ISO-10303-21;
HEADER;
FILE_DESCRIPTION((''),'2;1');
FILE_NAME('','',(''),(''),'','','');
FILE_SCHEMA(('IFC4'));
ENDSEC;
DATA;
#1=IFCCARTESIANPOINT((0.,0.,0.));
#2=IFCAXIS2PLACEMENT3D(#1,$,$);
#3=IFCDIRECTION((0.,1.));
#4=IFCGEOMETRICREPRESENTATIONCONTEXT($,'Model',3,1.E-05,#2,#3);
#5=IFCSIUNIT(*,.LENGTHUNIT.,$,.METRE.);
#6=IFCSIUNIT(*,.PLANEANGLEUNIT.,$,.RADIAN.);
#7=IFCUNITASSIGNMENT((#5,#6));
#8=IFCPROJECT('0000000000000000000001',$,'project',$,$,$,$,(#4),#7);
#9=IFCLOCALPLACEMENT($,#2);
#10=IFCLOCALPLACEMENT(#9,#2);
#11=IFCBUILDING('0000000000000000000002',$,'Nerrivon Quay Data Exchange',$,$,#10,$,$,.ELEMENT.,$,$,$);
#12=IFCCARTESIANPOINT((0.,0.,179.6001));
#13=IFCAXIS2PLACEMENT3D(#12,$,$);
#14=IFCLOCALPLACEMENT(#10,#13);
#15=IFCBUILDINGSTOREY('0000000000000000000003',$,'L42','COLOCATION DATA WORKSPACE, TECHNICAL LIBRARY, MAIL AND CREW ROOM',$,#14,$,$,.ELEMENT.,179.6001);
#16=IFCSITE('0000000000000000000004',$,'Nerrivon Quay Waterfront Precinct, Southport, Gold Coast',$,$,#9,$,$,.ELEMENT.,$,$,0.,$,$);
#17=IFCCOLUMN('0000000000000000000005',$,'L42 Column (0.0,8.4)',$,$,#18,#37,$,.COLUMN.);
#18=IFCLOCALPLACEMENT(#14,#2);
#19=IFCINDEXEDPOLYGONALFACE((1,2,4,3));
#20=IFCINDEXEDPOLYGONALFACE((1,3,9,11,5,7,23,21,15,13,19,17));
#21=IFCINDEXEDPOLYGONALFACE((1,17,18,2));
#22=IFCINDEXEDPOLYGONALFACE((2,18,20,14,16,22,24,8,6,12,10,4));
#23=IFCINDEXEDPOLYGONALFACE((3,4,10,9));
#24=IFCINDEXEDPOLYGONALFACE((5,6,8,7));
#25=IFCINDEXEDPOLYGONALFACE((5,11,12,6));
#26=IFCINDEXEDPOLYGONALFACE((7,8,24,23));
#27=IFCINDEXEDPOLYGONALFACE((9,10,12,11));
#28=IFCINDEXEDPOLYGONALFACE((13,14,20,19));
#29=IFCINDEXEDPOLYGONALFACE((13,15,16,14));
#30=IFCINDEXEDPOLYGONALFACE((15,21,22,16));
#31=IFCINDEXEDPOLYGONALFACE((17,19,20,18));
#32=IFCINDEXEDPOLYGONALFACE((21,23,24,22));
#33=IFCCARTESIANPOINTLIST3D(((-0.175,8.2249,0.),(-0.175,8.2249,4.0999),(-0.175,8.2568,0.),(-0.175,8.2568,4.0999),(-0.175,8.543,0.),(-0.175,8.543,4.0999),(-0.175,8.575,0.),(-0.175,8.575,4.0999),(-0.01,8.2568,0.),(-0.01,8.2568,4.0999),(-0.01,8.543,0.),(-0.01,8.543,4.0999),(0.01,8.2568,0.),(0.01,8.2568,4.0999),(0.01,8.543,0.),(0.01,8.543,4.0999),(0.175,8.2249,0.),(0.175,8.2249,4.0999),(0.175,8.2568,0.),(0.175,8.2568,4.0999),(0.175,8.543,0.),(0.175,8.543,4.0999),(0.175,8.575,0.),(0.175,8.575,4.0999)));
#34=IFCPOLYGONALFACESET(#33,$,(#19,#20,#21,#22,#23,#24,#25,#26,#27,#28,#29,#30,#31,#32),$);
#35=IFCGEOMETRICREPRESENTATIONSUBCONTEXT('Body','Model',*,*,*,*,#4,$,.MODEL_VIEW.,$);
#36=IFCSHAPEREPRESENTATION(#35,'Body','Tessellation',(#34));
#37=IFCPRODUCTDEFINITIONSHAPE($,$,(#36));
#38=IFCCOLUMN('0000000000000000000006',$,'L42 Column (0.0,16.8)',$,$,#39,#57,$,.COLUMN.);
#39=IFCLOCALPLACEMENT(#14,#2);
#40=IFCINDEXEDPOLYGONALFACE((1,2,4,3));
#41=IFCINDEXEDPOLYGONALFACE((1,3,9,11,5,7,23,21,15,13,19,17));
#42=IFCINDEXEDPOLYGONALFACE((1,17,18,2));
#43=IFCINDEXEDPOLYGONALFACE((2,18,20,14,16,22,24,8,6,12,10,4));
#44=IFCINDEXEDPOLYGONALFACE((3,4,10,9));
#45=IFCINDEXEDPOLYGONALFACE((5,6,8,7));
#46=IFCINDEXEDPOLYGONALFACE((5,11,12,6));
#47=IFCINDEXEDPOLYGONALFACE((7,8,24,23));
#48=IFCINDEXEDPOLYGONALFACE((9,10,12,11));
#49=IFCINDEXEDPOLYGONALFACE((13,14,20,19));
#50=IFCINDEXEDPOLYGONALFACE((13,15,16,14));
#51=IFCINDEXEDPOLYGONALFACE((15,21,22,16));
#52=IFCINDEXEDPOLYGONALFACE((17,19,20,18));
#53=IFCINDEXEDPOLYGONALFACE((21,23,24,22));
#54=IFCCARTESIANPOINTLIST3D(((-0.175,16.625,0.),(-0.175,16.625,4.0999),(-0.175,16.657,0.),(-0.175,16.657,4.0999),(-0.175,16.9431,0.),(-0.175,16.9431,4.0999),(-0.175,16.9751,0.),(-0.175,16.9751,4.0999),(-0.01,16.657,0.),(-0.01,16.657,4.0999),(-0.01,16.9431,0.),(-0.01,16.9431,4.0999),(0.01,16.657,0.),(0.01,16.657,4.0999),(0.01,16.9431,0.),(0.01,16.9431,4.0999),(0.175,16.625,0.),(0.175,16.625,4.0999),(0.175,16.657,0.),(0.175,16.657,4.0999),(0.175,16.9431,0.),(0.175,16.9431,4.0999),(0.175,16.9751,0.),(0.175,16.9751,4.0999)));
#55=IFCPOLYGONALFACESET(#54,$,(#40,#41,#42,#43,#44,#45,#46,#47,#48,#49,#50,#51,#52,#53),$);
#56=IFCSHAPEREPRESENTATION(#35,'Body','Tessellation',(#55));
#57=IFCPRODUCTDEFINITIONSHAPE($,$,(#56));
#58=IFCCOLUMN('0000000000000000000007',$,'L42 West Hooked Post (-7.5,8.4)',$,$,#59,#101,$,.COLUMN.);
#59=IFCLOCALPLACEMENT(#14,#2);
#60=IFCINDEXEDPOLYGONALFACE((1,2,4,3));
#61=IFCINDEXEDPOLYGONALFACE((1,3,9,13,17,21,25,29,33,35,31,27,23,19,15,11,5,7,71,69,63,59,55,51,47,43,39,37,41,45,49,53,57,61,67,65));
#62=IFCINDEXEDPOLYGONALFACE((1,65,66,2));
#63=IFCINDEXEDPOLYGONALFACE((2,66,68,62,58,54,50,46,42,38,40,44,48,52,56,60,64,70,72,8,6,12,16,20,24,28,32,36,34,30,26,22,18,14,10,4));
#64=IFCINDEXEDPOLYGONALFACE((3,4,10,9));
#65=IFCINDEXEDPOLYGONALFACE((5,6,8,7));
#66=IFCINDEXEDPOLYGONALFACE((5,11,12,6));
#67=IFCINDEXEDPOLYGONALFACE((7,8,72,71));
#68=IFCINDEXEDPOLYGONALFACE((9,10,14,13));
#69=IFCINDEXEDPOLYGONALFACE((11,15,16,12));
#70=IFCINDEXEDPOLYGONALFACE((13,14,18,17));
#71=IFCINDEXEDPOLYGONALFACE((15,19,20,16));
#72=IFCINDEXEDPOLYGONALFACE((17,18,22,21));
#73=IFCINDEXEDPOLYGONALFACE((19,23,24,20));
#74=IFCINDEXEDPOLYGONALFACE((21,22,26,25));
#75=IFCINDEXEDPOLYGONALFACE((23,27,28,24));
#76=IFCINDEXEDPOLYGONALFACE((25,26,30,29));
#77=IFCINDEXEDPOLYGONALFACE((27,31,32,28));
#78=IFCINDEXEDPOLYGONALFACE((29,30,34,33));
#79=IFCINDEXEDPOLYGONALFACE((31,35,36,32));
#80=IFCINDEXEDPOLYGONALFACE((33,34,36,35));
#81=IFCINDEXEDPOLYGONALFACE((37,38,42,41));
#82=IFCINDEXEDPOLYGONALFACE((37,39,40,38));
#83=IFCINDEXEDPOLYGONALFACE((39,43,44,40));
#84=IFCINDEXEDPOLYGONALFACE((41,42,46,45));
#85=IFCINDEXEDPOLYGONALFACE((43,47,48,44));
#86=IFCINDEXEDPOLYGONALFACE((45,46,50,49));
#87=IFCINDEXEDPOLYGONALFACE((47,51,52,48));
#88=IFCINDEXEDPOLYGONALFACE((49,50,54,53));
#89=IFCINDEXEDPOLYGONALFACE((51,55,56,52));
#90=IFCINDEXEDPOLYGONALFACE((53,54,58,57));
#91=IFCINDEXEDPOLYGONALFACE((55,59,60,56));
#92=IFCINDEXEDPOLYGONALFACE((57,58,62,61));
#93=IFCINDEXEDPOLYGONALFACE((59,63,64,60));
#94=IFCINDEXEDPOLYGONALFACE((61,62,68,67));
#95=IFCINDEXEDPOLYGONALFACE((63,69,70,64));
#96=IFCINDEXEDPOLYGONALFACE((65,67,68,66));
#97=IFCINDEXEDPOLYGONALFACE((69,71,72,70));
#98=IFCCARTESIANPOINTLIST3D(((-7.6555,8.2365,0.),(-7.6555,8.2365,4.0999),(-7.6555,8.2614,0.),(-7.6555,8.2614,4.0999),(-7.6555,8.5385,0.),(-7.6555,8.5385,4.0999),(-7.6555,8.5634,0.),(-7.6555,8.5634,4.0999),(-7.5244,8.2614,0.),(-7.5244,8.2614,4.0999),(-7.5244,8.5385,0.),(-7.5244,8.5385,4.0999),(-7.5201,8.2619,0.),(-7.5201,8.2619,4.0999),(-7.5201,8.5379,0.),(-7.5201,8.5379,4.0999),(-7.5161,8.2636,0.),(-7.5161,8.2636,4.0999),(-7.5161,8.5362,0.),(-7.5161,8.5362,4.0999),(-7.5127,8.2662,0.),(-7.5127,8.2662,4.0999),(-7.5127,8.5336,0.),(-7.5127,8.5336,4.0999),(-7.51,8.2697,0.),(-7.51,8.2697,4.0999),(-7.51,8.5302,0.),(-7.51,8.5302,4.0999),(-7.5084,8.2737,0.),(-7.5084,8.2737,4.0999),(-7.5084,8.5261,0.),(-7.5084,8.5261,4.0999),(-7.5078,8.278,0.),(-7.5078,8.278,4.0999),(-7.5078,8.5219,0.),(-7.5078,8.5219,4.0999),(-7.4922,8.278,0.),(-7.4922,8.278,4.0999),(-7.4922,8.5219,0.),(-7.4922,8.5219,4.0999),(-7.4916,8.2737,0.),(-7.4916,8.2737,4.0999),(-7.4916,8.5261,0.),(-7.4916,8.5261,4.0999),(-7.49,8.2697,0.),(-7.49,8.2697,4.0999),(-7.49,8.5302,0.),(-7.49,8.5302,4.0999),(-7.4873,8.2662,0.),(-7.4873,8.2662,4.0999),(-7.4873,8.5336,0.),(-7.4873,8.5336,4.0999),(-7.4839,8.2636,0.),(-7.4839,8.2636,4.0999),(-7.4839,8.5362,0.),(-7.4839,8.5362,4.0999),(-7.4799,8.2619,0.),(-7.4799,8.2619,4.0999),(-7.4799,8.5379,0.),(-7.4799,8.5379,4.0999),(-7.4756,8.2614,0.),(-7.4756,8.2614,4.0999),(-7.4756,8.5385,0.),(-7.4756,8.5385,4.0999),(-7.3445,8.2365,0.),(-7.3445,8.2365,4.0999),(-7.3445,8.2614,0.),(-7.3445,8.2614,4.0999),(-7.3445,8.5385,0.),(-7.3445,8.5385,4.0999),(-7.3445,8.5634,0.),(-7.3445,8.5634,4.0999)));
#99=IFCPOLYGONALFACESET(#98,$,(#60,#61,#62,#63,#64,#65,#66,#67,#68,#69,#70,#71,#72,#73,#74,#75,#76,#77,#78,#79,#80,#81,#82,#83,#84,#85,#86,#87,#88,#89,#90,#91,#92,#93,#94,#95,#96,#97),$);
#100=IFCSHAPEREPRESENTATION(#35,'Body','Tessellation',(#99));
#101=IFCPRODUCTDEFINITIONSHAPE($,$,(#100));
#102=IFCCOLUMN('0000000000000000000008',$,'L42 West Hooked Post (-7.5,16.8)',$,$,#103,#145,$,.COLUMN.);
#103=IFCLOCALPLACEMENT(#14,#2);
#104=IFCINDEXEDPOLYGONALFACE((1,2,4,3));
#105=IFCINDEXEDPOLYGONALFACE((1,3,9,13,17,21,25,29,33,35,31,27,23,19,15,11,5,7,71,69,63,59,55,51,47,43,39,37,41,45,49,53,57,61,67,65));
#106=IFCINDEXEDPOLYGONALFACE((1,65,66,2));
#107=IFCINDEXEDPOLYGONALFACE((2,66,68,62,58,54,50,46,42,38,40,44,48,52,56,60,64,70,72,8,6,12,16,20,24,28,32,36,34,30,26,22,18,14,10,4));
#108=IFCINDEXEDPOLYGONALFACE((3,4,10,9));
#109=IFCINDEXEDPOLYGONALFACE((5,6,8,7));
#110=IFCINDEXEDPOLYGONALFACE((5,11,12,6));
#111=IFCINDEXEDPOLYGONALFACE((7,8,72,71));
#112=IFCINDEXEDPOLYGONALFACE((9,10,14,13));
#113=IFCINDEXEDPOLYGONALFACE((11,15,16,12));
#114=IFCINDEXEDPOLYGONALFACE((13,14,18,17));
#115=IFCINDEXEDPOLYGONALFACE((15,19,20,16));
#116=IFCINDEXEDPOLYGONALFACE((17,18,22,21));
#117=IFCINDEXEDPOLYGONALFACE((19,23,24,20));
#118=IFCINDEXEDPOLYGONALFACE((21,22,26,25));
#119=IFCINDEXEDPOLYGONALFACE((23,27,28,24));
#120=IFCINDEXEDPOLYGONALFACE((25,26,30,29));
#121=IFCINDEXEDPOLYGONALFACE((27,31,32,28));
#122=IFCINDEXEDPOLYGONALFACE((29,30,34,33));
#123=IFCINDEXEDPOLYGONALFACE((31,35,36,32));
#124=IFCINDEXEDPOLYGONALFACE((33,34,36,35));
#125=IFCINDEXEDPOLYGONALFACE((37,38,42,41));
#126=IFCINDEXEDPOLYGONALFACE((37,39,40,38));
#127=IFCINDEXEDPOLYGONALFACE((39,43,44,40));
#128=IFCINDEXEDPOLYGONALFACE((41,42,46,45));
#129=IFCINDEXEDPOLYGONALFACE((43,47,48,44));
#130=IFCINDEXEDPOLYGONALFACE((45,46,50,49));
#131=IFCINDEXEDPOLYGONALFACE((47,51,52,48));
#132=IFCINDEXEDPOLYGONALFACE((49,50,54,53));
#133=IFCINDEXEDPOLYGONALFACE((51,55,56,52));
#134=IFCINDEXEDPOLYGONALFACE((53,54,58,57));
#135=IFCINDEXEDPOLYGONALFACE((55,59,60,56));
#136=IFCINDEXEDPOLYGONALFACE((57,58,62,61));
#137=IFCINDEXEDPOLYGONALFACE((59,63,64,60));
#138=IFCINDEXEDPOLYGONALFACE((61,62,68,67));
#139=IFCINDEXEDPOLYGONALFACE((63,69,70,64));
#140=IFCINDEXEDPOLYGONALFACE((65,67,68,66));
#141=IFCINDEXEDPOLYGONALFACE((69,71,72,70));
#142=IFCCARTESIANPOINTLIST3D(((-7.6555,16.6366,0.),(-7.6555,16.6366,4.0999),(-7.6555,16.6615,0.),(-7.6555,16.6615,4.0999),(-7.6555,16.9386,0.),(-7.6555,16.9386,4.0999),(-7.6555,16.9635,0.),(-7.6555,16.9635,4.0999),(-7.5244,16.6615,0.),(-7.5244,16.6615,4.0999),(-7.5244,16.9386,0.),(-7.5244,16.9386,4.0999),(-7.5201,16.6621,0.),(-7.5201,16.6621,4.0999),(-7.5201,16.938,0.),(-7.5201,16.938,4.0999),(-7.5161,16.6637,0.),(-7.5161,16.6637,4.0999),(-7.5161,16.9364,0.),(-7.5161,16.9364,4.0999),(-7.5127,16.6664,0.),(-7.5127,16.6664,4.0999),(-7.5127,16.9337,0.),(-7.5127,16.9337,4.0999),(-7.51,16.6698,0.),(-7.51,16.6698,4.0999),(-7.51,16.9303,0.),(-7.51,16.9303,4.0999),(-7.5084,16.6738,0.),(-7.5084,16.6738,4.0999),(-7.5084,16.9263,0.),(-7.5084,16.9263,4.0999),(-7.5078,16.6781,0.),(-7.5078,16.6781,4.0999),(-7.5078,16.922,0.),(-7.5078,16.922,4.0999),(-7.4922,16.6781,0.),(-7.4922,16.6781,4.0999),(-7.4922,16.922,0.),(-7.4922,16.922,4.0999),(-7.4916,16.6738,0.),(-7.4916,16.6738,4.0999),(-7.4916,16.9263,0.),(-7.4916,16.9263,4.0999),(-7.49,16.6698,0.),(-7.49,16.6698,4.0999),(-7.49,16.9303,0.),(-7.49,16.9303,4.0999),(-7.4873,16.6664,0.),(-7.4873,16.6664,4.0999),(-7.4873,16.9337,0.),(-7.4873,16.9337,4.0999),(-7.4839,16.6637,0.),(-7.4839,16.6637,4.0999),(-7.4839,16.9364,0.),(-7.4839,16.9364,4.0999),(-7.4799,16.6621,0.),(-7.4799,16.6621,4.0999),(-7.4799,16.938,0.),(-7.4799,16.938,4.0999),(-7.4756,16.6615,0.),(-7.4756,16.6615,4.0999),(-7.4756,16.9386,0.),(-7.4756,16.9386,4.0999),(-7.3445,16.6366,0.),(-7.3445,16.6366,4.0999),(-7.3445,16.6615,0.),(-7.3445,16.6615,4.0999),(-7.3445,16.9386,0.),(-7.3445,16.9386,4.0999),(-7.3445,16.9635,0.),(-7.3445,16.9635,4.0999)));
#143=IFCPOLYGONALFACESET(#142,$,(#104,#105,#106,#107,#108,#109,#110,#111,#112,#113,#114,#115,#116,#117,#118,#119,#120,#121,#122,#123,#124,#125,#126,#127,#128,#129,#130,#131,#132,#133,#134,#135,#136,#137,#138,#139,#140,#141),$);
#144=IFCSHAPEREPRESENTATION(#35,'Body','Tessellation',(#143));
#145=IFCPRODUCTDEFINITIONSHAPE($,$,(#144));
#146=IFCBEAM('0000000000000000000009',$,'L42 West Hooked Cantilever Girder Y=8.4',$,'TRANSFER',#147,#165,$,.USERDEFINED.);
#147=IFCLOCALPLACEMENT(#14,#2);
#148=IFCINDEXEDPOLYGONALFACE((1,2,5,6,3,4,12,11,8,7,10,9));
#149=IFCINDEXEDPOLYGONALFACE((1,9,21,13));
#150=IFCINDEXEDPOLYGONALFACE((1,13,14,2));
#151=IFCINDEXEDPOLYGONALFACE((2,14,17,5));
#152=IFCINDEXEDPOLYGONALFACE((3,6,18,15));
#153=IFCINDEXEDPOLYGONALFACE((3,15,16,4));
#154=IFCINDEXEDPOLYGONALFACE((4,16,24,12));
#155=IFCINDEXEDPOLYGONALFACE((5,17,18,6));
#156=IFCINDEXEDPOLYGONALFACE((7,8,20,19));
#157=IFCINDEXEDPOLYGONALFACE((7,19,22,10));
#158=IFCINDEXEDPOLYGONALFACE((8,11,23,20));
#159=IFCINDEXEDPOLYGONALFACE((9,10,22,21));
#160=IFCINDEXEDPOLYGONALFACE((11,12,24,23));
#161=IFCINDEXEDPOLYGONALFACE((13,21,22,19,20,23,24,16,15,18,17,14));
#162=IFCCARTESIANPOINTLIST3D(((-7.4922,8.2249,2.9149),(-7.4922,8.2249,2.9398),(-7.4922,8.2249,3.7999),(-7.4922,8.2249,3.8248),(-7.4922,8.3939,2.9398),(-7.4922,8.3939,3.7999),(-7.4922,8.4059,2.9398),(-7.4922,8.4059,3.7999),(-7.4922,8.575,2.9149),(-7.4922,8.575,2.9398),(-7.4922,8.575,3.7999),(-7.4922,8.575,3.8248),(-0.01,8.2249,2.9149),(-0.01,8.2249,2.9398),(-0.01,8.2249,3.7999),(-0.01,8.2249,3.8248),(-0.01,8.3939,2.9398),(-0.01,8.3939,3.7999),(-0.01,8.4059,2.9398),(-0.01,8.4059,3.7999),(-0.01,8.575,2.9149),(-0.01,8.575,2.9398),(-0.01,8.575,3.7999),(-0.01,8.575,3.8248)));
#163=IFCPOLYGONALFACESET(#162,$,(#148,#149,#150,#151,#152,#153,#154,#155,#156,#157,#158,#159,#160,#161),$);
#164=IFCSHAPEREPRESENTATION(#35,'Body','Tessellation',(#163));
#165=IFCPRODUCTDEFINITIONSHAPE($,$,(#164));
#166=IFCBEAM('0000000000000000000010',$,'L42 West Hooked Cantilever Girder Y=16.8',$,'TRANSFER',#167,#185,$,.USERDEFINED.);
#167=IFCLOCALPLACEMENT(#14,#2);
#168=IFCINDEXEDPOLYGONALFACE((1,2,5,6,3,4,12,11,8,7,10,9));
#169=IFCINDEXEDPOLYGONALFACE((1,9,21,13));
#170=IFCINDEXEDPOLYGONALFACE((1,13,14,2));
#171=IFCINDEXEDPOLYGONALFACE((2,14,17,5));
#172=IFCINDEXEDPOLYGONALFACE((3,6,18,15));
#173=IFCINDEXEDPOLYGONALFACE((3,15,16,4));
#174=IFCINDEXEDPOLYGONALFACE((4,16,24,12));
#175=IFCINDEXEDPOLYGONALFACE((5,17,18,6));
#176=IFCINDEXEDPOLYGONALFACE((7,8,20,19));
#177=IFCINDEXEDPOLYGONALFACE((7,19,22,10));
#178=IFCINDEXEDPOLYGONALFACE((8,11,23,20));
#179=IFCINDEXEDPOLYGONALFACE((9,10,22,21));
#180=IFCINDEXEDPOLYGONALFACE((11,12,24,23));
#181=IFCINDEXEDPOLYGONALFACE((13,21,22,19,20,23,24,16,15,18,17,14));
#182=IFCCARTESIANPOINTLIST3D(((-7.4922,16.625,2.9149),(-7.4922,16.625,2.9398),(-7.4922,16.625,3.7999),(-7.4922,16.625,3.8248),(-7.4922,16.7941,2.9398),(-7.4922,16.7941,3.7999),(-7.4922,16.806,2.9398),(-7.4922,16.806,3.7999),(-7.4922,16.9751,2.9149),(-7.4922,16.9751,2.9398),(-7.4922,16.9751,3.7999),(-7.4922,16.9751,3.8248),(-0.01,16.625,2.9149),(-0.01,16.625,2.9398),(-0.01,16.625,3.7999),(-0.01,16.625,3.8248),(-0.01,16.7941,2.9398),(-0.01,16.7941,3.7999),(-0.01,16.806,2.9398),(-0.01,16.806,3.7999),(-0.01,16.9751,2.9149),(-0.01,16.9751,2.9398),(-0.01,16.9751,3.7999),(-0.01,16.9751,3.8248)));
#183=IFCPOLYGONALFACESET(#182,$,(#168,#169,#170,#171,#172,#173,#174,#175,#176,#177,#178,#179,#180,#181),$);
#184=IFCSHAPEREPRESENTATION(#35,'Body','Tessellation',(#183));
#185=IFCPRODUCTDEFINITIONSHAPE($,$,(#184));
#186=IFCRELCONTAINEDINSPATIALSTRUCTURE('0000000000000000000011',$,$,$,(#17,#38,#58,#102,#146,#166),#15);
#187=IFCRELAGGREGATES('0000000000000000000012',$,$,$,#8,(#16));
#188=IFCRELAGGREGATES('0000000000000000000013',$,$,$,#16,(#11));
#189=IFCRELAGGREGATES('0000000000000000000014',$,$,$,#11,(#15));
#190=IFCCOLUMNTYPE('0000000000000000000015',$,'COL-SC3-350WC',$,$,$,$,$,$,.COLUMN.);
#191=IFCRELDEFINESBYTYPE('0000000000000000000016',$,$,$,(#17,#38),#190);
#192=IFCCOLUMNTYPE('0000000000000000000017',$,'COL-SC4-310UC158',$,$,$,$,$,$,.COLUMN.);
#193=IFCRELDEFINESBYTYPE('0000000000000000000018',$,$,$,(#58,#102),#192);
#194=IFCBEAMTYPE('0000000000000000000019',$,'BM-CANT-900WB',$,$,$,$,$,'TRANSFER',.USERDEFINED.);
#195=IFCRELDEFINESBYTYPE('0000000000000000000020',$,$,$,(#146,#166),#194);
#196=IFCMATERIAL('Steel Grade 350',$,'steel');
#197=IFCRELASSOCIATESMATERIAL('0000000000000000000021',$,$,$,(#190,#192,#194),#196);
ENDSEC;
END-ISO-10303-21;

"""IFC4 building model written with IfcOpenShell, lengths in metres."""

from ifc_helpers import new_model, si_unit, direction, frame, origin, origin_2d, place, context, subcontext, project, spatial, i_section, extrude, material, material_profile, profile_set, type_object, element, save


model = new_model("IFC4")

# Units and contexts
model_context = context("Model", 3, precision=1e-05, world=origin(), true_north=direction((0.0, 1.0)))
body_context = subcontext(model_context, "Body", "Model", "MODEL_VIEW")
ifc_project = project(units=[si_unit("LENGTHUNIT", "METRE"), si_unit("PLANEANGLEUNIT", "RADIAN")], contexts=[model_context])

# Site, building, storey
site_placement = place(None, origin())
site = spatial("IfcSite", under=ifc_project, at=site_placement, Name="Nerrivon Quay Waterfront Precinct, Southport, Gold Coast", CompositionType="ELEMENT", RefElevation=0.0)
building_placement = place(site_placement, origin())
building = spatial("IfcBuilding", under=site, at=building_placement, Name="Nerrivon Quay Data Exchange", CompositionType="ELEMENT")
storey_placement = place(building_placement, frame((0.0, 0.0, 179.6001)))
storey = spatial("IfcBuildingStorey", under=building, at=storey_placement, Name="L42", Description="COLOCATION DATA WORKSPACE, TECHNICAL LIBRARY, MAIL AND CREW ROOM", CompositionType="ELEMENT", Elevation=179.6001)

# Columns
ifc_material_1 = material(Name="Steel Grade 350", Category="steel")
ifc_material_profile_1 = material_profile(ifc_material_1, i_section(OverallWidth=0.3501, OverallDepth=0.3501, WebThickness=0.02, FlangeThickness=0.032, at=origin_2d()), Name="350WC230")
ifc_profile_set_1 = profile_set([ifc_material_profile_1], Name="Steel Grade 350")
column_type_1 = type_object("IfcColumnType", Name="COL-SC3-350WC", PredefinedType="COLUMN", material=ifc_profile_set_1)
for number, where, z_axis, x_axis, name in (
    (1, (0.0, 8.3999, 0.0), (0.0, 0.0, 1.0), (1.0, 0.0, 0.0), "L42 Column (0.0,8.4)"),
    (2, (0.0, 16.8, 0.0), (0.0, 0.0, 1.0), (1.0, 0.0, 0.0), "L42 Column (0.0,16.8)"),
):
    element("IfcColumn", number, at=place(storey_placement, frame(where, z_axis=z_axis, x_axis=x_axis)), inside=storey, type_object=column_type_1, Name=name, PredefinedType="COLUMN", context=body_context, shape_type="SweptSolid", body=[
        extrude(i_section(OverallWidth=0.3501, OverallDepth=0.3501, WebThickness=0.02, FlangeThickness=0.032, at=origin_2d()), origin(), (0.0, 0.0, 1.0), 4.0999),
    ])
ifc_material_profile_2 = material_profile(ifc_material_1, i_section(OverallWidth=0.311, OverallDepth=0.3269, WebThickness=0.0156, FlangeThickness=0.0249, FilletRadius=0.0166, at=origin_2d()), Name="310UC158")
ifc_profile_set_2 = profile_set([ifc_material_profile_2], Name="Steel Grade 350")
column_type_2 = type_object("IfcColumnType", Name="COL-SC4-310UC158", PredefinedType="COLUMN", material=ifc_profile_set_2)
for number, where, z_axis, x_axis, name in (
    (3, (-7.5, 8.3999, 0.0), (0.0, 0.0, 1.0), (1.0, 0.0, 0.0), "L42 West Hooked Post (-7.5,8.4)"),
    (4, (-7.5, 16.8, 0.0), (0.0, 0.0, 1.0), (1.0, 0.0, 0.0), "L42 West Hooked Post (-7.5,16.8)"),
):
    element("IfcColumn", number, at=place(storey_placement, frame(where, z_axis=z_axis, x_axis=x_axis)), inside=storey, type_object=column_type_2, Name=name, PredefinedType="COLUMN", context=body_context, shape_type="SweptSolid", body=[
        extrude(i_section(OverallWidth=0.311, OverallDepth=0.3269, WebThickness=0.0156, FlangeThickness=0.0249, FilletRadius=0.0166, at=origin_2d()), origin(), (0.0, 0.0, 1.0), 4.0999),
    ])

# Beams
ifc_material_profile_3 = material_profile(ifc_material_1, i_section(OverallWidth=0.3501, OverallDepth=0.9099, WebThickness=0.012, FlangeThickness=0.0249, at=origin_2d()), Name="900WB218")
ifc_profile_set_3 = profile_set([ifc_material_profile_3], Name="Steel Grade 350")
beam_type_1 = type_object("IfcBeamType", Name="BM-CANT-900WB", ElementType="TRANSFER", PredefinedType="USERDEFINED", material=ifc_profile_set_3)
for number, where, z_axis, x_axis, name in (
    (5, (-0.01, 8.3999, 3.3699), (-1.0, 0.0, 0.0), (0.0, -1.0, 0.0), "L42 West Hooked Cantilever Girder Y=8.4"),
    (6, (-0.01, 16.8, 3.3699), (-1.0, 0.0, 0.0), (0.0, -1.0, 0.0), "L42 West Hooked Cantilever Girder Y=16.8"),
):
    element("IfcBeam", number, at=place(storey_placement, frame(where, z_axis=z_axis, x_axis=x_axis)), inside=storey, type_object=beam_type_1, Name=name, ObjectType="TRANSFER", PredefinedType="USERDEFINED", context=body_context, shape_type="SweptSolid", body=[
        extrude(i_section(OverallWidth=0.3501, OverallDepth=0.9099, WebThickness=0.012, FlangeThickness=0.0249, at=origin_2d()), origin(), (0.0, 0.0, 1.0), 7.4822),
    ])

save(model, "model.ifc")
